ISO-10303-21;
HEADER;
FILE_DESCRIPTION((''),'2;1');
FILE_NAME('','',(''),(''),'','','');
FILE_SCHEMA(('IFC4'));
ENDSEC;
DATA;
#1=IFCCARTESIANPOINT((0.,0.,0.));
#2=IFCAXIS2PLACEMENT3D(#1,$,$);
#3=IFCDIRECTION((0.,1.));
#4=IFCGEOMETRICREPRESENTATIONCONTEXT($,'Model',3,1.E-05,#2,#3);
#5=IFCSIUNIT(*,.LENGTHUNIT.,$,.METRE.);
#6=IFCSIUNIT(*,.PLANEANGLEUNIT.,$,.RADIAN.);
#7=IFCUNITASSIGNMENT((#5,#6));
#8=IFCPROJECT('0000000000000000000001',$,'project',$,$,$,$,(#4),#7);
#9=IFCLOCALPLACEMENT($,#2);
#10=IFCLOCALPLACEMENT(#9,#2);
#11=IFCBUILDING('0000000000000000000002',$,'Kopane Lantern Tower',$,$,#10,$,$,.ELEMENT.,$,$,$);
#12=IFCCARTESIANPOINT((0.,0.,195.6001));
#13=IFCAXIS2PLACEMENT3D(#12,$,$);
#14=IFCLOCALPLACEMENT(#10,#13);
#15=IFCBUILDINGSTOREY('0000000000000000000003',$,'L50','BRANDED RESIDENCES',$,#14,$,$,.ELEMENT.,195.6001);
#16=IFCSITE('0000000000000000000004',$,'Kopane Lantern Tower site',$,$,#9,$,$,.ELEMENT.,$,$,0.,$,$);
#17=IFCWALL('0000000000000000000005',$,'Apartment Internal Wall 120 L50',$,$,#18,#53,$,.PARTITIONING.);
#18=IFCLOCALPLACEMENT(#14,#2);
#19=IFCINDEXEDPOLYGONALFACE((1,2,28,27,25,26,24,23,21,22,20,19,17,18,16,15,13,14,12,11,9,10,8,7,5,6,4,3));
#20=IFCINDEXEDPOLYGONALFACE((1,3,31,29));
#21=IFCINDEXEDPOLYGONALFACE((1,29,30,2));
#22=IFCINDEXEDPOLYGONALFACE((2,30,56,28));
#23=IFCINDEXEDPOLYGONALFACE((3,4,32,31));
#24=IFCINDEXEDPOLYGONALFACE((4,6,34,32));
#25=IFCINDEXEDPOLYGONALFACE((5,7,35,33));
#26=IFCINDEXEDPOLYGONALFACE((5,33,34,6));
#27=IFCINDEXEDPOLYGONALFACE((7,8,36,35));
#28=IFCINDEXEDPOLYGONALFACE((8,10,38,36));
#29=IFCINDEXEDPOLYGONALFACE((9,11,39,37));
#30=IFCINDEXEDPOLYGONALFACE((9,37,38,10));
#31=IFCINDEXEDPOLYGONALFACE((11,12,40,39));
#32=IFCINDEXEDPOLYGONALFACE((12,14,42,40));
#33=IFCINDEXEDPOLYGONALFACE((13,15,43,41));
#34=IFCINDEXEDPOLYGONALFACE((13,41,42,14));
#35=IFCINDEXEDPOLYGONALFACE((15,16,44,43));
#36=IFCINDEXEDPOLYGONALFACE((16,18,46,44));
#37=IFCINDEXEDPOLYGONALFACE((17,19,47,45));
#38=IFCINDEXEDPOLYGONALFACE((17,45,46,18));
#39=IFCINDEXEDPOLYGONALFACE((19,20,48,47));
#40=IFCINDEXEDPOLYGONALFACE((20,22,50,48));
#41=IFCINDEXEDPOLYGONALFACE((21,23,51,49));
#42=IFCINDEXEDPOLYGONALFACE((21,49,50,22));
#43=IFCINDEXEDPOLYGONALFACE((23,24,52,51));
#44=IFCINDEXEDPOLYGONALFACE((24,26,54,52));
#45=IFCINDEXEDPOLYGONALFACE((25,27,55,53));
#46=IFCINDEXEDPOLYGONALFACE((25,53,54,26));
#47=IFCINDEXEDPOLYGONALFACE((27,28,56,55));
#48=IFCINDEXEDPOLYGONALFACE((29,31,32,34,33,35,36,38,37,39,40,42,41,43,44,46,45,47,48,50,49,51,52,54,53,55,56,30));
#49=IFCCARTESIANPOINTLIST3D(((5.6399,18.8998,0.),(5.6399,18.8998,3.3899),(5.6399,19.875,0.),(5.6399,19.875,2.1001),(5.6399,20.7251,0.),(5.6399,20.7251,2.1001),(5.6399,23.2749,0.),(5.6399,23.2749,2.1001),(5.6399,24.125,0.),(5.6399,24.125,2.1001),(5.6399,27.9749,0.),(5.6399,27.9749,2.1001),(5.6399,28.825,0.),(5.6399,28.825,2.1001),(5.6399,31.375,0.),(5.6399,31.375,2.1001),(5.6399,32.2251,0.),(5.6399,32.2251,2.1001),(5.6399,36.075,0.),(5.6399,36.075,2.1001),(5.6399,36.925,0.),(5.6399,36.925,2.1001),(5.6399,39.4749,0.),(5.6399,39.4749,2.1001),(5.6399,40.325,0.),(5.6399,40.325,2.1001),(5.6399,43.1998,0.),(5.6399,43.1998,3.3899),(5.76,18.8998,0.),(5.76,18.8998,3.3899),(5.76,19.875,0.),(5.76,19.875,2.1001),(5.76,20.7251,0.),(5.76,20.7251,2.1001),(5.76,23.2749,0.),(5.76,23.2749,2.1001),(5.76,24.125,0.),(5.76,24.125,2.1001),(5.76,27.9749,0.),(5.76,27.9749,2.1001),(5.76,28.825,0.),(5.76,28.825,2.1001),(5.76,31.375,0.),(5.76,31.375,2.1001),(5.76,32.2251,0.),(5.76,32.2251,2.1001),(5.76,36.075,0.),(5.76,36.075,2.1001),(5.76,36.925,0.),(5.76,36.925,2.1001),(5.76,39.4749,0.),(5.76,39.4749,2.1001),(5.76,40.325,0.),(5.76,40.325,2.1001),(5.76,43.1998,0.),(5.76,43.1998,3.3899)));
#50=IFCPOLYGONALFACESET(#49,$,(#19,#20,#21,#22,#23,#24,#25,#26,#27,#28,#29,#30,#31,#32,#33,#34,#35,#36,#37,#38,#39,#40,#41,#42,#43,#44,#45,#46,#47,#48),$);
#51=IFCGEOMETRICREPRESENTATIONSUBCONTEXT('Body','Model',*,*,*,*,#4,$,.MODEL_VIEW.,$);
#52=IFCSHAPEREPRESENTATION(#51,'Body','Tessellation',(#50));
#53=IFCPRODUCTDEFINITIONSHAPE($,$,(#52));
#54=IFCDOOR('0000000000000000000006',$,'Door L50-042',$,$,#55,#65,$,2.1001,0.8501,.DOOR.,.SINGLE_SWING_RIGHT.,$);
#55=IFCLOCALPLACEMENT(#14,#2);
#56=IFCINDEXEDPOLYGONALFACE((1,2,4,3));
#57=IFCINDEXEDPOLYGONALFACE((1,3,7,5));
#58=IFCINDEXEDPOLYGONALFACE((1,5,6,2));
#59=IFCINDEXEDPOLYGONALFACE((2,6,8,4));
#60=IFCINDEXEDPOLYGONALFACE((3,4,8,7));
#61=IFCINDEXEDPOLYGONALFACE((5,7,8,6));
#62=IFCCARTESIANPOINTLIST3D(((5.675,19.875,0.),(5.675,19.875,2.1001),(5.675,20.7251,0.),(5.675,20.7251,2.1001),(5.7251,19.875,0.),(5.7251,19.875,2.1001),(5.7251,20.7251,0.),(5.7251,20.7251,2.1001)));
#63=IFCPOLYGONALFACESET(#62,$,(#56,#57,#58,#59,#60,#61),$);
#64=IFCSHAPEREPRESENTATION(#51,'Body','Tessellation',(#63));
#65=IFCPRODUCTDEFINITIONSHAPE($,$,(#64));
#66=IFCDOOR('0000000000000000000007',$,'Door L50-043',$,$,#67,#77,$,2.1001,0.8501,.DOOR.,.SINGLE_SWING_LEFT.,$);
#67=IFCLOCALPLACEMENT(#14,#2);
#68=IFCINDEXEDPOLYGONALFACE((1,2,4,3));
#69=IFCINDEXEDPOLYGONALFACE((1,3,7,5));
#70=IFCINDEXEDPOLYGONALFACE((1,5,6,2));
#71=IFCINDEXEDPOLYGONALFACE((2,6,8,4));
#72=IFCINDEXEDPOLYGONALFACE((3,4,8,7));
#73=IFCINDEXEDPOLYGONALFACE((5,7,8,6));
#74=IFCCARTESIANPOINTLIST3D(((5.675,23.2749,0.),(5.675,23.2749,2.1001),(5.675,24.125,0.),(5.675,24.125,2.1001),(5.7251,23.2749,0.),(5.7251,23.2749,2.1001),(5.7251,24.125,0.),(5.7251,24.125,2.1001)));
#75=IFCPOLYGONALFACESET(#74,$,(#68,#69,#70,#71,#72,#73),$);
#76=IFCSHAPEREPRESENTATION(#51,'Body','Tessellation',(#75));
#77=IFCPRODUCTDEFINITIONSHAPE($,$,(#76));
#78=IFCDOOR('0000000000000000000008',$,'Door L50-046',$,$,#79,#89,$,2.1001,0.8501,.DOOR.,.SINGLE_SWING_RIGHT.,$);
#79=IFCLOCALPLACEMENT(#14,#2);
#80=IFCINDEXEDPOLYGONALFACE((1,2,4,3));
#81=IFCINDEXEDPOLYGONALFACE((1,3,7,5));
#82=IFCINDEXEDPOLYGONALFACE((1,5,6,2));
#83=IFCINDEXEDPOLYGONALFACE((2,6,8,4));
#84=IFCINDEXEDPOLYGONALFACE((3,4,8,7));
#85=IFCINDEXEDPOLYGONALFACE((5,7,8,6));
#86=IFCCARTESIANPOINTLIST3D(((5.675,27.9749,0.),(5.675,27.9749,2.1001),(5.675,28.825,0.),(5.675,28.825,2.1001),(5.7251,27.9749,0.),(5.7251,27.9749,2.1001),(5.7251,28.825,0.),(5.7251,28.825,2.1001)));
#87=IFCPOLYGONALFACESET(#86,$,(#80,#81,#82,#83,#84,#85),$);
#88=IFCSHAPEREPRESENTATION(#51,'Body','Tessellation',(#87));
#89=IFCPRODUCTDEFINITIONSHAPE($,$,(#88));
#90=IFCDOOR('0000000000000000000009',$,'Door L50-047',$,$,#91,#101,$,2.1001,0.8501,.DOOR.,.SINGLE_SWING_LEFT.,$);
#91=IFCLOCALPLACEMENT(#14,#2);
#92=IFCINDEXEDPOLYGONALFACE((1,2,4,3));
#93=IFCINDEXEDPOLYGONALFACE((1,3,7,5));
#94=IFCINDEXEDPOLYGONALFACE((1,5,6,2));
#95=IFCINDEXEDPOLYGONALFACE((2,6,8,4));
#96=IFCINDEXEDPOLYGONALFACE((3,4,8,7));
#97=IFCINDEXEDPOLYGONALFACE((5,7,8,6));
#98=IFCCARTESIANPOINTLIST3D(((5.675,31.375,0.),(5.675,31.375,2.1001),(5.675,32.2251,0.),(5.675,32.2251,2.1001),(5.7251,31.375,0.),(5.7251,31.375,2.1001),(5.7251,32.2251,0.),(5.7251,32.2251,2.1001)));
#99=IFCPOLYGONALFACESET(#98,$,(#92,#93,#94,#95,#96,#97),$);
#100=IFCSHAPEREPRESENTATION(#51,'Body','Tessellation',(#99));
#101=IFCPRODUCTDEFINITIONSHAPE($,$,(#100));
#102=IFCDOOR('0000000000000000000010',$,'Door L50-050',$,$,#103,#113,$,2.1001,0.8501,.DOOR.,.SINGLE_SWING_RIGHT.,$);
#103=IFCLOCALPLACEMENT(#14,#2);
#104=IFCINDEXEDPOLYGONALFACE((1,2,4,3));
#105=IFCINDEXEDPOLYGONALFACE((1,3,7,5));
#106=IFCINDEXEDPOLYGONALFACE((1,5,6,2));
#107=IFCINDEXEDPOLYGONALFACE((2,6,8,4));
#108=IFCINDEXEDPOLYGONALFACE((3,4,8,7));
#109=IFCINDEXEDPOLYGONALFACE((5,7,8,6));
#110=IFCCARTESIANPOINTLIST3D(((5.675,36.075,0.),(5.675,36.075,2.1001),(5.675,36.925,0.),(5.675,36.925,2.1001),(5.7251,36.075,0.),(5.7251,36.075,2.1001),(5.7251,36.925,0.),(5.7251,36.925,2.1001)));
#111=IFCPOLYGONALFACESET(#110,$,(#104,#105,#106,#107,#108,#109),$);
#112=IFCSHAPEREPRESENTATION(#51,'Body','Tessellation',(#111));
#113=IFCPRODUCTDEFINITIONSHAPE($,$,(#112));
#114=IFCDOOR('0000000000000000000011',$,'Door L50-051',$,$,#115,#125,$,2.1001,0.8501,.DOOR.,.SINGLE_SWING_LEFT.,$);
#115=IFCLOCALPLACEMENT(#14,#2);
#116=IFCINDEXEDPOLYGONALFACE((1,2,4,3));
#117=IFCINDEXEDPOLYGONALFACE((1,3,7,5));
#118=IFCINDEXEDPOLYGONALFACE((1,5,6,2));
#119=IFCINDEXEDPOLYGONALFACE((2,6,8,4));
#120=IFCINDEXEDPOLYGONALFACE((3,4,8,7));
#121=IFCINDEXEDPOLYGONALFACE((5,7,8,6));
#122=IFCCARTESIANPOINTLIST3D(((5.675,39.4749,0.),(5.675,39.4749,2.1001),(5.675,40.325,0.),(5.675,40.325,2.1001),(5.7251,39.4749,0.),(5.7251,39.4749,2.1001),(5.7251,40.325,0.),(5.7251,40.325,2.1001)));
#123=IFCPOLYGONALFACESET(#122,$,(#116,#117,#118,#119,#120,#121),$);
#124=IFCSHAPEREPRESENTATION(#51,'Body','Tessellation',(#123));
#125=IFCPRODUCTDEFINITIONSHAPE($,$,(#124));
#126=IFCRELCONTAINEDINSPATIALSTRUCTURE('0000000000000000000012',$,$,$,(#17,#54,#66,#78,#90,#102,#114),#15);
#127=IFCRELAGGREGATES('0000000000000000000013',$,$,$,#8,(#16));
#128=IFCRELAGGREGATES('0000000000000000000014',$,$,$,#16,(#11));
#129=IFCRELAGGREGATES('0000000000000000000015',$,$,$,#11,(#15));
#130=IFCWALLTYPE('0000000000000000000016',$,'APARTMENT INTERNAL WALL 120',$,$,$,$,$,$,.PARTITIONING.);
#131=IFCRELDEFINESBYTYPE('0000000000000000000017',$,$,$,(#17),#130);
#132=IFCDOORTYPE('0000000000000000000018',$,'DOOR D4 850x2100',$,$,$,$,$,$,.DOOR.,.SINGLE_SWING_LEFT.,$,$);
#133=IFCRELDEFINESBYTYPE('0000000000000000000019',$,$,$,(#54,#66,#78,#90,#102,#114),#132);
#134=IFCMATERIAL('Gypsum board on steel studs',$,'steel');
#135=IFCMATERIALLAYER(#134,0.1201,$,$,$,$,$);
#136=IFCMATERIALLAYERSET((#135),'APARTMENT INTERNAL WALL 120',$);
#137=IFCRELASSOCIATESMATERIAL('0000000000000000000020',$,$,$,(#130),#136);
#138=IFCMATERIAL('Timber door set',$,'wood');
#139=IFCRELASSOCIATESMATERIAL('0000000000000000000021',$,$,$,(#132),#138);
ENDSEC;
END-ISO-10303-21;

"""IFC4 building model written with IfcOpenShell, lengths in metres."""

from ifc_helpers import new_model, si_unit, direction, frame, frame_2d, origin, place, context, subcontext, project, spatial, rectangle, extrude, material, layer, layer_set, type_object, element, fill, save


model = new_model("IFC4")

# Units and contexts
model_context = context("Model", 3, precision=1e-05, world=origin(), true_north=direction((0.0, 1.0)))
body_context = subcontext(model_context, "Body", "Model", "MODEL_VIEW")
ifc_project = project(units=[si_unit("LENGTHUNIT", "METRE"), si_unit("PLANEANGLEUNIT", "RADIAN")], contexts=[model_context])

# Site, building, storey
site_placement = place(None, origin())
site = spatial("IfcSite", under=ifc_project, at=site_placement, Name="Kopane Lantern Tower site", CompositionType="ELEMENT", RefElevation=0.0)
building_placement = place(site_placement, origin())
building = spatial("IfcBuilding", under=site, at=building_placement, Name="Kopane Lantern Tower", CompositionType="ELEMENT")
storey_placement = place(building_placement, frame((0.0, 0.0, 195.6001)))
storey = spatial("IfcBuildingStorey", under=building, at=storey_placement, Name="L50", Description="BRANDED RESIDENCES", CompositionType="ELEMENT", Elevation=195.6001)

# Wall, openings, doors
ifc_material_1 = material(Name="Gypsum board on steel studs", Category="steel")
ifc_layer_1 = layer(ifc_material_1, 0.1201)
ifc_layer_set_1 = layer_set([ifc_layer_1], Name="APARTMENT INTERNAL WALL 120")
wall_type_1 = type_object("IfcWallType", Name="APARTMENT INTERNAL WALL 120", PredefinedType="PARTITIONING", material=ifc_layer_set_1)
wall_1_placement = place(storey_placement, frame((5.7, 18.8999, 0.0), z_axis=(0.0, 0.0, 1.0), x_axis=(0.0, 1.0, 0.0)))
wall_1 = element("IfcWall", 1, at=wall_1_placement, inside=storey, type_object=wall_type_1, Name="Apartment Internal Wall 120 L50", PredefinedType="PARTITIONING", context=body_context, shape_type="SweptSolid", body=[
    extrude(rectangle(XDim=24.3, YDim=0.1201, at=frame_2d((12.1499, 0.0))), origin(), (0.0, 0.0, 1.0), 3.3899),
])
opening_1_placement = place(wall_1_placement, frame((0.9751, 0.0, 0.0)))
opening_1 = element("IfcOpeningElement", 2, at=opening_1_placement, cuts=wall_1, PredefinedType="OPENING", context=body_context, shape_type="SweptSolid", body=[
    extrude(rectangle(XDim=0.8501, YDim=2.1001, at=frame_2d((0.425, 1.05))), frame((0.0, 0.0701, 0.0), z_axis=(0.0, -1.0, 0.0), x_axis=(1.0, 0.0, 0.0)), (0.0, 0.0, 1.0), 0.1401),
])
opening_2_placement = place(wall_1_placement, frame((4.375, 0.0, 0.0)))
opening_2 = element("IfcOpeningElement", 3, at=opening_2_placement, cuts=wall_1, PredefinedType="OPENING", context=body_context, shape_type="SweptSolid", body=[
    extrude(rectangle(XDim=0.8501, YDim=2.1001, at=frame_2d((0.425, 1.05))), frame((0.0, 0.0701, 0.0), z_axis=(0.0, -1.0, 0.0), x_axis=(1.0, 0.0, 0.0)), (0.0, 0.0, 1.0), 0.1401),
])
opening_3_placement = place(wall_1_placement, frame((9.075, 0.0, 0.0)))
opening_3 = element("IfcOpeningElement", 4, at=opening_3_placement, cuts=wall_1, PredefinedType="OPENING", context=body_context, shape_type="SweptSolid", body=[
    extrude(rectangle(XDim=0.8501, YDim=2.1001, at=frame_2d((0.425, 1.05))), frame((0.0, 0.0701, 0.0), z_axis=(0.0, -1.0, 0.0), x_axis=(1.0, 0.0, 0.0)), (0.0, 0.0, 1.0), 0.1401),
])
opening_4_placement = place(wall_1_placement, frame((12.4751, 0.0, 0.0)))
opening_4 = element("IfcOpeningElement", 5, at=opening_4_placement, cuts=wall_1, PredefinedType="OPENING", context=body_context, shape_type="SweptSolid", body=[
    extrude(rectangle(XDim=0.8501, YDim=2.1001, at=frame_2d((0.425, 1.05))), frame((0.0, 0.0701, 0.0), z_axis=(0.0, -1.0, 0.0), x_axis=(1.0, 0.0, 0.0)), (0.0, 0.0, 1.0), 0.1401),
])
opening_5_placement = place(wall_1_placement, frame((17.175, 0.0, 0.0)))
opening_5 = element("IfcOpeningElement", 6, at=opening_5_placement, cuts=wall_1, PredefinedType="OPENING", context=body_context, shape_type="SweptSolid", body=[
    extrude(rectangle(XDim=0.8501, YDim=2.1001, at=frame_2d((0.425, 1.05))), frame((0.0, 0.0701, 0.0), z_axis=(0.0, -1.0, 0.0), x_axis=(1.0, 0.0, 0.0)), (0.0, 0.0, 1.0), 0.1401),
])
opening_6_placement = place(wall_1_placement, frame((20.575, 0.0, 0.0)))
opening_6 = element("IfcOpeningElement", 7, at=opening_6_placement, cuts=wall_1, PredefinedType="OPENING", context=body_context, shape_type="SweptSolid", body=[
    extrude(rectangle(XDim=0.8501, YDim=2.1001, at=frame_2d((0.425, 1.05))), frame((0.0, 0.0701, 0.0), z_axis=(0.0, -1.0, 0.0), x_axis=(1.0, 0.0, 0.0)), (0.0, 0.0, 1.0), 0.1401),
])
ifc_material_2 = material(Name="Timber door set", Category="wood")
door_type = type_object("IfcDoorType", Name="DOOR D4 850x2100", OperationType="SINGLE_SWING_LEFT", PredefinedType="DOOR", material=ifc_material_2)
door_1_placement = place(opening_1_placement, origin())
door_1 = element("IfcDoor", 8, at=door_1_placement, inside=storey, type_object=door_type, Name="Door L50-042", OperationType="SINGLE_SWING_RIGHT", OverallHeight=2.1001, OverallWidth=0.8501, PredefinedType="DOOR", context=body_context, shape_type="SweptSolid", body=[
    extrude(rectangle(XDim=0.8501, YDim=2.1001, at=frame_2d((0.425, 1.05))), frame((0.0, 0.0249, 0.0), z_axis=(0.0, -1.0, 0.0), x_axis=(1.0, 0.0, 0.0)), (0.0, 0.0, 1.0), 0.05),
])
fill(opening_1, door_1)
door_2_placement = place(opening_2_placement, origin())
door_2 = element("IfcDoor", 9, at=door_2_placement, inside=storey, type_object=door_type, Name="Door L50-043", OperationType="SINGLE_SWING_LEFT", OverallHeight=2.1001, OverallWidth=0.8501, PredefinedType="DOOR", context=body_context, shape_type="SweptSolid", body=[
    extrude(rectangle(XDim=0.8501, YDim=2.1001, at=frame_2d((0.425, 1.05))), frame((0.0, 0.0249, 0.0), z_axis=(0.0, -1.0, 0.0), x_axis=(1.0, 0.0, 0.0)), (0.0, 0.0, 1.0), 0.05),
])
fill(opening_2, door_2)
door_3_placement = place(opening_3_placement, origin())
door_3 = element("IfcDoor", 10, at=door_3_placement, inside=storey, type_object=door_type, Name="Door L50-046", OperationType="SINGLE_SWING_RIGHT", OverallHeight=2.1001, OverallWidth=0.8501, PredefinedType="DOOR", context=body_context, shape_type="SweptSolid", body=[
    extrude(rectangle(XDim=0.8501, YDim=2.1001, at=frame_2d((0.425, 1.05))), frame((0.0, 0.0249, 0.0), z_axis=(0.0, -1.0, 0.0), x_axis=(1.0, 0.0, 0.0)), (0.0, 0.0, 1.0), 0.05),
])
fill(opening_3, door_3)
door_4_placement = place(opening_4_placement, origin())
door_4 = element("IfcDoor", 11, at=door_4_placement, inside=storey, type_object=door_type, Name="Door L50-047", OperationType="SINGLE_SWING_LEFT", OverallHeight=2.1001, OverallWidth=0.8501, PredefinedType="DOOR", context=body_context, shape_type="SweptSolid", body=[
    extrude(rectangle(XDim=0.8501, YDim=2.1001, at=frame_2d((0.425, 1.05))), frame((0.0, 0.0249, 0.0), z_axis=(0.0, -1.0, 0.0), x_axis=(1.0, 0.0, 0.0)), (0.0, 0.0, 1.0), 0.05),
])
fill(opening_4, door_4)
door_5_placement = place(opening_5_placement, origin())
door_5 = element("IfcDoor", 12, at=door_5_placement, inside=storey, type_object=door_type, Name="Door L50-050", OperationType="SINGLE_SWING_RIGHT", OverallHeight=2.1001, OverallWidth=0.8501, PredefinedType="DOOR", context=body_context, shape_type="SweptSolid", body=[
    extrude(rectangle(XDim=0.8501, YDim=2.1001, at=frame_2d((0.425, 1.05))), frame((0.0, 0.0249, 0.0), z_axis=(0.0, -1.0, 0.0), x_axis=(1.0, 0.0, 0.0)), (0.0, 0.0, 1.0), 0.05),
])
fill(opening_5, door_5)
door_6_placement = place(opening_6_placement, origin())
door_6 = element("IfcDoor", 13, at=door_6_placement, inside=storey, type_object=door_type, Name="Door L50-051", OperationType="SINGLE_SWING_LEFT", OverallHeight=2.1001, OverallWidth=0.8501, PredefinedType="DOOR", context=body_context, shape_type="SweptSolid", body=[
    extrude(rectangle(XDim=0.8501, YDim=2.1001, at=frame_2d((0.425, 1.05))), frame((0.0, 0.0249, 0.0), z_axis=(0.0, -1.0, 0.0), x_axis=(1.0, 0.0, 0.0)), (0.0, 0.0, 1.0), 0.05),
])
fill(opening_6, door_6)

save(model, "model.ifc")
